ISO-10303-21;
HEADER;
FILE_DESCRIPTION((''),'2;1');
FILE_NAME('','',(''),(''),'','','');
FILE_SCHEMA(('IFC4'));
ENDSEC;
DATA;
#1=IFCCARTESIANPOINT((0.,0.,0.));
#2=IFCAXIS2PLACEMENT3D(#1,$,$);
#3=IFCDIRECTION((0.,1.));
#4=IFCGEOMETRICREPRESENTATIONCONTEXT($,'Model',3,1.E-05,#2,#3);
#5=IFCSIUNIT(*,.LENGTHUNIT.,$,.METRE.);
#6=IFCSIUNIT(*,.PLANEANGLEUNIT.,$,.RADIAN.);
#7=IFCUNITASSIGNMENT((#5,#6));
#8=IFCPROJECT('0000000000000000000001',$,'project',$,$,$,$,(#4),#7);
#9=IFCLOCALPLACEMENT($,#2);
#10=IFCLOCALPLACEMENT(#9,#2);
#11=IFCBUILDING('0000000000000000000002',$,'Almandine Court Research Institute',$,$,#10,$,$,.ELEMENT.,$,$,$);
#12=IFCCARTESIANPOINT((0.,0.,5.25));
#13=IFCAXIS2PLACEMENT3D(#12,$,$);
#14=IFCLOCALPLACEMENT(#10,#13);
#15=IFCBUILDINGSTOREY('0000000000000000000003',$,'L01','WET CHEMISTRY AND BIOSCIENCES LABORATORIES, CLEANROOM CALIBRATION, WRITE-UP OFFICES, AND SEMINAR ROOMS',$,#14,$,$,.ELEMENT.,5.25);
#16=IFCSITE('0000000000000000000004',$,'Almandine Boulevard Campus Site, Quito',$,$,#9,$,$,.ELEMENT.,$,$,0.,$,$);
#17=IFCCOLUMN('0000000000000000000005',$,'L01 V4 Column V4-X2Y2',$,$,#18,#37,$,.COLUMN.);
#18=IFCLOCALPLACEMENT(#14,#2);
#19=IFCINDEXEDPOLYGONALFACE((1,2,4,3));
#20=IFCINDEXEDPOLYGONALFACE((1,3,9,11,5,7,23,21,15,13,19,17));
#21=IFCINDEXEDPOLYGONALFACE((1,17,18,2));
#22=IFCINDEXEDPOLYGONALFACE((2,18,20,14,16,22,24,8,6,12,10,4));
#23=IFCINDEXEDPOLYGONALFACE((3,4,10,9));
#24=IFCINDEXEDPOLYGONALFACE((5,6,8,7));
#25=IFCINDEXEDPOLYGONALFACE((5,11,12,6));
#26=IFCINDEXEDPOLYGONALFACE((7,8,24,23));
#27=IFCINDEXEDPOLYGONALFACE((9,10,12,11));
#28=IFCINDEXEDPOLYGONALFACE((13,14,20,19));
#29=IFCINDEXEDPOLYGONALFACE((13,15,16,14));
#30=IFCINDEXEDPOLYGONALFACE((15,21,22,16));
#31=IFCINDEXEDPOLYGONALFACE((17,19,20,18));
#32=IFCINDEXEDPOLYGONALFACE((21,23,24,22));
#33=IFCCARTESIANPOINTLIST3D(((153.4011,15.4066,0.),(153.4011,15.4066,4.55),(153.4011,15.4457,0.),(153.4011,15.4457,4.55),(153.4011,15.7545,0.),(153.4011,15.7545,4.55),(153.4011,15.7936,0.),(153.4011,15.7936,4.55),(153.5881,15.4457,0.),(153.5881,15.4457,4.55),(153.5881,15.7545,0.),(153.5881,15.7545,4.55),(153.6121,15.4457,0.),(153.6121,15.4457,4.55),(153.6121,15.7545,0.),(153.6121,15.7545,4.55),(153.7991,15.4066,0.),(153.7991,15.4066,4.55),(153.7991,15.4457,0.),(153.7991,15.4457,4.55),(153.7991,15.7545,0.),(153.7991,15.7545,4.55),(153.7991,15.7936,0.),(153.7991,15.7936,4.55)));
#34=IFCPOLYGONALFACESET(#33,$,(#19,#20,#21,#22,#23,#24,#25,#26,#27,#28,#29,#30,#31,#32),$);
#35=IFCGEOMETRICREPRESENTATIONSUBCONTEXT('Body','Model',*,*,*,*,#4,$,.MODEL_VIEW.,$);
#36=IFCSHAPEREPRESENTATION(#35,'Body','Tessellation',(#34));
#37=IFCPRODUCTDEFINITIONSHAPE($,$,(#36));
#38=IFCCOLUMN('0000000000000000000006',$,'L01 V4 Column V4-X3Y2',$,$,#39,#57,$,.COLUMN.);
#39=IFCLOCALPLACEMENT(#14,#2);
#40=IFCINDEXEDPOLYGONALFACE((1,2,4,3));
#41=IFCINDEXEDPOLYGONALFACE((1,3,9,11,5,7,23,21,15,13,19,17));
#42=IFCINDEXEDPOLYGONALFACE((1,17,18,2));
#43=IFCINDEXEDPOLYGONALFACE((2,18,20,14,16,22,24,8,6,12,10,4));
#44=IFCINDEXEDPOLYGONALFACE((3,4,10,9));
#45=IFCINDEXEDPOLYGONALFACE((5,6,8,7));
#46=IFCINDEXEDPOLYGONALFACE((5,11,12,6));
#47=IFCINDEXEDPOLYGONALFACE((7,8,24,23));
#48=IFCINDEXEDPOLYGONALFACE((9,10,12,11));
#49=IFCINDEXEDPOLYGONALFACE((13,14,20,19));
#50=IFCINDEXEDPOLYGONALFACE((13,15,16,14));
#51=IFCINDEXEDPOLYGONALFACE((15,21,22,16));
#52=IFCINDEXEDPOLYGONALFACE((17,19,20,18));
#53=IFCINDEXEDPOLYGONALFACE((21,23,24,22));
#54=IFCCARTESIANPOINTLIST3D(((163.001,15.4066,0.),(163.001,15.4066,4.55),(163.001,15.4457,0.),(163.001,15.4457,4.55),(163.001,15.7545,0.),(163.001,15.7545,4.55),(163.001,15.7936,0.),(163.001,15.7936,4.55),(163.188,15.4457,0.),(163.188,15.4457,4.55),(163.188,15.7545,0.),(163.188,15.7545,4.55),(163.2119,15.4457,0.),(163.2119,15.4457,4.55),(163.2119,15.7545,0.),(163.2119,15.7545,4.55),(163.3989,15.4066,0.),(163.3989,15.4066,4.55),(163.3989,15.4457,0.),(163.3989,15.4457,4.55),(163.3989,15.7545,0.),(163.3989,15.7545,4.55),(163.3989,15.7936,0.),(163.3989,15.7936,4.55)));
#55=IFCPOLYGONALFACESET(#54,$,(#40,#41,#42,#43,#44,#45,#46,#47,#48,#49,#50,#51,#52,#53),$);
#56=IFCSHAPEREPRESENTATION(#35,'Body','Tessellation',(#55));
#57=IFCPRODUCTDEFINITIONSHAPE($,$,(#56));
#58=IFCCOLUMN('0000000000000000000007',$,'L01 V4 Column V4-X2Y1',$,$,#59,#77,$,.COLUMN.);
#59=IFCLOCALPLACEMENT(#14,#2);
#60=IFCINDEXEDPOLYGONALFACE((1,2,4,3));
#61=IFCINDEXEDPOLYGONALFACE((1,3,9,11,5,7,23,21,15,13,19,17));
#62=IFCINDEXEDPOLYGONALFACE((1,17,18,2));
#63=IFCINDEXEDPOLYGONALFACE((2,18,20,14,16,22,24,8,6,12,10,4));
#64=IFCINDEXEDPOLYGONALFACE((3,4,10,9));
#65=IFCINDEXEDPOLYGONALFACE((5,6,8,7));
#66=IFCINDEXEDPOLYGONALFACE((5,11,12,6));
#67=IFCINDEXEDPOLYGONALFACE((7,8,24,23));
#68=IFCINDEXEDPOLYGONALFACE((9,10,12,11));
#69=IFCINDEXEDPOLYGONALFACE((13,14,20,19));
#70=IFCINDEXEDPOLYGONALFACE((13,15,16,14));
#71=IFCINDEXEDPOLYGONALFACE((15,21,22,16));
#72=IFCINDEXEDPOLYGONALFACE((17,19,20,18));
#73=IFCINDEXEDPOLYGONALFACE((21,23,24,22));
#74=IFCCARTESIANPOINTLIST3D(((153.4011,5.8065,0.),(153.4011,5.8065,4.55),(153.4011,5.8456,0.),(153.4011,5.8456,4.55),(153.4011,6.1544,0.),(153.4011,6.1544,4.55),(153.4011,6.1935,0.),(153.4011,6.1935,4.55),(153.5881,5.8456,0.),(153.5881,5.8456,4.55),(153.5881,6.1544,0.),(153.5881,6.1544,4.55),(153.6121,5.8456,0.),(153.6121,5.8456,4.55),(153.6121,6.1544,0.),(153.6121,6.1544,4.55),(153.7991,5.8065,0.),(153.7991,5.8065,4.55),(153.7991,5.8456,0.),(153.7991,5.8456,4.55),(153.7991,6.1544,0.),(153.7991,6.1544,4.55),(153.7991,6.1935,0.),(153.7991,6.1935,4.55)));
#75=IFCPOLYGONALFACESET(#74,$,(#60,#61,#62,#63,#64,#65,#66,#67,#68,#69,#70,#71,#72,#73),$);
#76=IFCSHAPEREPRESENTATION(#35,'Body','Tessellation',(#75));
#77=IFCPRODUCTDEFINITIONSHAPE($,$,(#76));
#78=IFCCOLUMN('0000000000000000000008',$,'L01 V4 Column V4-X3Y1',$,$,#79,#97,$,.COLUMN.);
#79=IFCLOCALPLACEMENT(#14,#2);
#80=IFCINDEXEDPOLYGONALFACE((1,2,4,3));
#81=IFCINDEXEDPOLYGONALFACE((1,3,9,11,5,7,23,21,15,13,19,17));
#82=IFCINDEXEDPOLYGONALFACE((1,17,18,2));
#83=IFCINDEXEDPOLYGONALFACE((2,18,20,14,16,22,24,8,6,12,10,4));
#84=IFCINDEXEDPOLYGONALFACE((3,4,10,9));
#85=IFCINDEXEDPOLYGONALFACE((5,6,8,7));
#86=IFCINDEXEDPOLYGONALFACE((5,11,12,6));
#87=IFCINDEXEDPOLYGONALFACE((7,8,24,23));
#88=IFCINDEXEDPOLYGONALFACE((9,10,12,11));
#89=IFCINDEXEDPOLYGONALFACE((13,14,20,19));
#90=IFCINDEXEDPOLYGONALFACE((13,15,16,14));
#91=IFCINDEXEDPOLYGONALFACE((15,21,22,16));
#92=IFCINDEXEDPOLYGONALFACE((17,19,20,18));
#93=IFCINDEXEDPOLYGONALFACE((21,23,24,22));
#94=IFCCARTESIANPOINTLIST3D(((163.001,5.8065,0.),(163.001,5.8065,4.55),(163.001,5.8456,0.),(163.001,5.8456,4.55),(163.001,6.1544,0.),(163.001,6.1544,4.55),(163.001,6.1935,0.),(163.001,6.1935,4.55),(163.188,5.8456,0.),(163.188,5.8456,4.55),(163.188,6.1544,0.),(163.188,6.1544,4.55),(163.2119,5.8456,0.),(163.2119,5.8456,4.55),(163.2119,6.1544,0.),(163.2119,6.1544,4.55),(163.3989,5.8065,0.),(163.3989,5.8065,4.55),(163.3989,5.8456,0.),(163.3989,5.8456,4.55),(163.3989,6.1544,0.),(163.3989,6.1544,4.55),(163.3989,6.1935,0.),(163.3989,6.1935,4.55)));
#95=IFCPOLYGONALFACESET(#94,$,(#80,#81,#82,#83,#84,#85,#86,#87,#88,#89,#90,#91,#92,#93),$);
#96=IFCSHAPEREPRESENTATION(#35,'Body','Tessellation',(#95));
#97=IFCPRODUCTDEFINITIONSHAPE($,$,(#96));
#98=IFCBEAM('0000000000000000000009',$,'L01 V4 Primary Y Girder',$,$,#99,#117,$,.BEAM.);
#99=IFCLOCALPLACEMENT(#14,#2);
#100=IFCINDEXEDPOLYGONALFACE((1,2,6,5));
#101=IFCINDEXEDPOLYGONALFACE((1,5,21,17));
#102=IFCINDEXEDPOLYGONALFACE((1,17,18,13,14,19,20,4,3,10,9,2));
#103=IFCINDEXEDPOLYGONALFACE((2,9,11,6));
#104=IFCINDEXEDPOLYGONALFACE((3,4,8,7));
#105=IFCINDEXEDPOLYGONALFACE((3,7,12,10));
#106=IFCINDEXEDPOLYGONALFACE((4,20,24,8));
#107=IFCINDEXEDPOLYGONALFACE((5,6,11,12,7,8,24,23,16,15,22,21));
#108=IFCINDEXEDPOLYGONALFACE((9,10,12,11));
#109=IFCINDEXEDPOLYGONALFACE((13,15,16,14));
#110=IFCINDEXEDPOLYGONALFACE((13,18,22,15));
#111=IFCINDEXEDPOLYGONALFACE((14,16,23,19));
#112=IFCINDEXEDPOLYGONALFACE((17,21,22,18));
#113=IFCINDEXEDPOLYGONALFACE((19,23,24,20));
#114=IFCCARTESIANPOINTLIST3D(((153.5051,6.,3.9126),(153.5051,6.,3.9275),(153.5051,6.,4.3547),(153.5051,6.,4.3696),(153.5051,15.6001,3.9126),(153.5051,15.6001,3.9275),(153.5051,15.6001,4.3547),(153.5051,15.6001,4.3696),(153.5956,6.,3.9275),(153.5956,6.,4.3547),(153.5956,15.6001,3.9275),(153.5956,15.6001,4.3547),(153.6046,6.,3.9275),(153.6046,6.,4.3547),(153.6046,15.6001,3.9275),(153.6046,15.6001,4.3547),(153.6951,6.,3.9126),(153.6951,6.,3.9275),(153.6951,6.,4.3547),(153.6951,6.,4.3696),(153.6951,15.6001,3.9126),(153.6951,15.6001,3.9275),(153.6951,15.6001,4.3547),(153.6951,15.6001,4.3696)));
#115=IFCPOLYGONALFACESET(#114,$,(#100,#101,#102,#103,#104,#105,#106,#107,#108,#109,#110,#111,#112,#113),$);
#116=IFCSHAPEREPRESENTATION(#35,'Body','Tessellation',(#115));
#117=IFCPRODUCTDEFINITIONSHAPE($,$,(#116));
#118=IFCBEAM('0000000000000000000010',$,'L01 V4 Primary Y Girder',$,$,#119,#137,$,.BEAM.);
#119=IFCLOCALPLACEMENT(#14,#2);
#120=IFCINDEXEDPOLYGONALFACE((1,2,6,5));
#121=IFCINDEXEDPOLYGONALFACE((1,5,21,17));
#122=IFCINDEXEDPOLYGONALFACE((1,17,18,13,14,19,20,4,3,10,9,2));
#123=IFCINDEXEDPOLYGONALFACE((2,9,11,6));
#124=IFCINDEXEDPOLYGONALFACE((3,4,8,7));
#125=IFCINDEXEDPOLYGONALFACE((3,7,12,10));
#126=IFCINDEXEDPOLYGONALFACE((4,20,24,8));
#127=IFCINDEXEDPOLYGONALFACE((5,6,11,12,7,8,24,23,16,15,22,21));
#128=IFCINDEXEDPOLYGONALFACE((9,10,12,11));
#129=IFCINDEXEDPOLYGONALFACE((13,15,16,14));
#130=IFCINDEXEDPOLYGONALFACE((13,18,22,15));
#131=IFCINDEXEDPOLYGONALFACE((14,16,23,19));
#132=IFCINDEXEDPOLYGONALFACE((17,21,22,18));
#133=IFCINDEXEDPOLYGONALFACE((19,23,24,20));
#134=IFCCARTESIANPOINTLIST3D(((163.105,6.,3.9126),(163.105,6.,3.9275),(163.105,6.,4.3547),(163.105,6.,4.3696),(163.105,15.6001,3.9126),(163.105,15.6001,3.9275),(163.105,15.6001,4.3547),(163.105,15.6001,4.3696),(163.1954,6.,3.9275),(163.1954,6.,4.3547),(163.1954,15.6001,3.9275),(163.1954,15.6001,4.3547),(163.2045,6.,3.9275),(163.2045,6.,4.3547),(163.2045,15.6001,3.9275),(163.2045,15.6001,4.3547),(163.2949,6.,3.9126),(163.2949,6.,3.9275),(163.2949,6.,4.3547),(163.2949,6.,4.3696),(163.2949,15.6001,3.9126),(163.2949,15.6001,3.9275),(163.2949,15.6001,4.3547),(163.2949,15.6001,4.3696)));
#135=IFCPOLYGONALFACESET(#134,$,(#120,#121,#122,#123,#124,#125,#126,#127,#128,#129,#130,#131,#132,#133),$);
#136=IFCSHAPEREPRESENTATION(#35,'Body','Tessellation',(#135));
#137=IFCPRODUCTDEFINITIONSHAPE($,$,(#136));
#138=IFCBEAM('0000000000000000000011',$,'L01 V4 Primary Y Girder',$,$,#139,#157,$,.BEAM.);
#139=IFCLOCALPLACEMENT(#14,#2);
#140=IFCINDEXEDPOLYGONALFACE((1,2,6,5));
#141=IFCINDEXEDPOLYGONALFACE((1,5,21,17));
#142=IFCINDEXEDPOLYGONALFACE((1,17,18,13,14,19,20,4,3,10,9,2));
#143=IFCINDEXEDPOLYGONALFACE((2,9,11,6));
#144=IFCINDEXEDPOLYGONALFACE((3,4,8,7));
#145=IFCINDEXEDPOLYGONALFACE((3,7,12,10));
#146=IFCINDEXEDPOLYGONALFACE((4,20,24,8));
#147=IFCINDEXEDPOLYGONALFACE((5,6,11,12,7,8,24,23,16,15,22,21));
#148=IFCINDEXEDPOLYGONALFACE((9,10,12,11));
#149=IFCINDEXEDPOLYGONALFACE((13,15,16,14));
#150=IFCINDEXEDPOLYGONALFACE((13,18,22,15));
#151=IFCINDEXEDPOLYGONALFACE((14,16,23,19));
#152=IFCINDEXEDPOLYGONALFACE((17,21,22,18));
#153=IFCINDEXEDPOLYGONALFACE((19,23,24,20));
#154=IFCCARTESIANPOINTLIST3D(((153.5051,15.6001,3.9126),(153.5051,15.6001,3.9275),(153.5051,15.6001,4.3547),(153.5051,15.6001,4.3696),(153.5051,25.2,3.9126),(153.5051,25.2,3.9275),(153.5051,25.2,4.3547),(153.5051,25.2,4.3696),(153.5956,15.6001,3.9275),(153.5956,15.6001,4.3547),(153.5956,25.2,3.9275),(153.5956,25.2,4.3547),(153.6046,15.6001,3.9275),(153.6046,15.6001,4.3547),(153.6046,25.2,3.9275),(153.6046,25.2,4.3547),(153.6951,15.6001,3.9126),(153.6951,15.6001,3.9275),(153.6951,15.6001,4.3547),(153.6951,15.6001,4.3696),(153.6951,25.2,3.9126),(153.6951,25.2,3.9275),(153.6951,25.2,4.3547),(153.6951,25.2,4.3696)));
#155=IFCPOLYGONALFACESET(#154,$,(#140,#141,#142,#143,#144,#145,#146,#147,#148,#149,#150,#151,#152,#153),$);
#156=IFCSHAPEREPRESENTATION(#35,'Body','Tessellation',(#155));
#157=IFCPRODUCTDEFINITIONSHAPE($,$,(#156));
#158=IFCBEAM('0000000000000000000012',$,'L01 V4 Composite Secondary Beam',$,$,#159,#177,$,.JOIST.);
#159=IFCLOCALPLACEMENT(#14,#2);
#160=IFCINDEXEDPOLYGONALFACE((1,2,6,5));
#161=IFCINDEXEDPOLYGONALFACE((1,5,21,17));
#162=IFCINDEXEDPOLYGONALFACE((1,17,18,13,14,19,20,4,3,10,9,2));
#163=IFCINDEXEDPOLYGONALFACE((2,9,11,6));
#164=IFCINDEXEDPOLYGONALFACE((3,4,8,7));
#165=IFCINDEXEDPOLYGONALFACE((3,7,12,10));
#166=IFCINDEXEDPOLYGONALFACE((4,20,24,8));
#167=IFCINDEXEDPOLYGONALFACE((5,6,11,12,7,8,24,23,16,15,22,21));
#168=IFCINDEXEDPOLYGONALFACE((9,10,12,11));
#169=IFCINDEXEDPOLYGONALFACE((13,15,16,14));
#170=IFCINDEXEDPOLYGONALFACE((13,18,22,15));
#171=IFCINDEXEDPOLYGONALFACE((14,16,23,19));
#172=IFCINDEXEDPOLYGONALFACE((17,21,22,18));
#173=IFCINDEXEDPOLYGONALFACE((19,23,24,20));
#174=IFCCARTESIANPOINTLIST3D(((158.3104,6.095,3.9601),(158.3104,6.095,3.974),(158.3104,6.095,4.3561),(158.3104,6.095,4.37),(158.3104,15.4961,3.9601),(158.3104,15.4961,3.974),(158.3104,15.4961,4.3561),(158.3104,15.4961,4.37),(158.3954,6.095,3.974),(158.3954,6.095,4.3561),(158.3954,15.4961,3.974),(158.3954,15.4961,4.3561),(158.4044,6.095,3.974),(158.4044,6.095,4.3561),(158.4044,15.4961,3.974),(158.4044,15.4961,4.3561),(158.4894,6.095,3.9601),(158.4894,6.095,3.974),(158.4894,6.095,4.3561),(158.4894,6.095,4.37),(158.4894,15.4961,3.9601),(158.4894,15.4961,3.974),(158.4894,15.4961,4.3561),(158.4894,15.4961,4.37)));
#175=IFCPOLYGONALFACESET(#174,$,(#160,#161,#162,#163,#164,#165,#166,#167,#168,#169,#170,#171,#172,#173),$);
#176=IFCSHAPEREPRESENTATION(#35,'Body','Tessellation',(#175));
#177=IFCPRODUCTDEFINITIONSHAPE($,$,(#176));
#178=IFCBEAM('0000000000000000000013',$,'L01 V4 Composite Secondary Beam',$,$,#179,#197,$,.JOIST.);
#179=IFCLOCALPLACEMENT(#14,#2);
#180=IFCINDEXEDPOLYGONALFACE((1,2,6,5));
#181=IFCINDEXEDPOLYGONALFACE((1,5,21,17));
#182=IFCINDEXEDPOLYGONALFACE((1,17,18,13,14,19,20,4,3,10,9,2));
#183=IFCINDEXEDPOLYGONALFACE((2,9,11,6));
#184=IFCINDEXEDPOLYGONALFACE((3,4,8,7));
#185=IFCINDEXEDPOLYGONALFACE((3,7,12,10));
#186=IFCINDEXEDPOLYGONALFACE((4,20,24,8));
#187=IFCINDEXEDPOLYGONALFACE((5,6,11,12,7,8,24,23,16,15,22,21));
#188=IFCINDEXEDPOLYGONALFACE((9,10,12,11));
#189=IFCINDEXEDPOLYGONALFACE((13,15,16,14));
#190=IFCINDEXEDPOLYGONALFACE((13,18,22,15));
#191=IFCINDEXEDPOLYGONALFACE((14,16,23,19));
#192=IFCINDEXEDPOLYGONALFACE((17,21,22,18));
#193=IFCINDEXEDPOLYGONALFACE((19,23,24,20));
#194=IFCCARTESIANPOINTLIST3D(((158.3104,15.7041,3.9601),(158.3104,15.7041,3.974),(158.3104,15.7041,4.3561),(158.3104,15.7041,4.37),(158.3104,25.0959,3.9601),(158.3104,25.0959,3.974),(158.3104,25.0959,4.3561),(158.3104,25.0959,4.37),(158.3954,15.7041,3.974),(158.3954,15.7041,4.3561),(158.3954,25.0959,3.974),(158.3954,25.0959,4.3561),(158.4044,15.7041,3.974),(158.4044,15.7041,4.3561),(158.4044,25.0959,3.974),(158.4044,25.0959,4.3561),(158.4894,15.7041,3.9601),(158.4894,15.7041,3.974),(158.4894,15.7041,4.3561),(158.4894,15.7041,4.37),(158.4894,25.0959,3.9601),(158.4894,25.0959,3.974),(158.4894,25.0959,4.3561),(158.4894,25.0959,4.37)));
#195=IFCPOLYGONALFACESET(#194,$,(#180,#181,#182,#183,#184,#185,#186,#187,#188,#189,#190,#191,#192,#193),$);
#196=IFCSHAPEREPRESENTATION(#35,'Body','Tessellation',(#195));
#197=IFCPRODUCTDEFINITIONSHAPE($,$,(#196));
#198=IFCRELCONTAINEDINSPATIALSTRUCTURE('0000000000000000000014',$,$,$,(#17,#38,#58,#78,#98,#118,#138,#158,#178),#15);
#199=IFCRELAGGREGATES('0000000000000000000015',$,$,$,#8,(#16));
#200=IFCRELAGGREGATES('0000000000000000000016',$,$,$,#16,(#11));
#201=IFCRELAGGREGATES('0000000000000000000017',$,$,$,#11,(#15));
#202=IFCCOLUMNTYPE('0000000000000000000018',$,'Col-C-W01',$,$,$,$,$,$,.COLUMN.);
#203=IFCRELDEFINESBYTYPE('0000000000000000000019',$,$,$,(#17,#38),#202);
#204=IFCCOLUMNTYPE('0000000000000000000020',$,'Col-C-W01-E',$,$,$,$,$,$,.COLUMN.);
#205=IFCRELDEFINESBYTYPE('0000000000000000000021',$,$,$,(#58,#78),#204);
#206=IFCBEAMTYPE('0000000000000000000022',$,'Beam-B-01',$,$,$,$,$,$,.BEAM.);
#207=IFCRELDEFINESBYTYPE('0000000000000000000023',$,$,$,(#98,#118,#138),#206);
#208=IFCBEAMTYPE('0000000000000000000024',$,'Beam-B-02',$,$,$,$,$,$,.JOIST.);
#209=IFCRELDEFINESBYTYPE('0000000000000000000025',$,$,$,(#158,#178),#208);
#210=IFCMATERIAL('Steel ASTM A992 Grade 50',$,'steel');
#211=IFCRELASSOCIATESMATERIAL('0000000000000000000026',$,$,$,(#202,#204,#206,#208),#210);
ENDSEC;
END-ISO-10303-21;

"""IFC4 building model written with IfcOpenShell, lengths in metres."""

from ifc_helpers import new_model, si_unit, direction, frame, origin, origin_2d, place, context, subcontext, project, spatial, i_section, extrude, material, material_profile, profile_set, type_object, element, save


model = new_model("IFC4")

# Units and contexts
model_context = context("Model", 3, precision=1e-05, world=origin(), true_north=direction((0.0, 1.0)))
body_context = subcontext(model_context, "Body", "Model", "MODEL_VIEW")
ifc_project = project(units=[si_unit("LENGTHUNIT", "METRE"), si_unit("PLANEANGLEUNIT", "RADIAN")], contexts=[model_context])

# Site, building, storey
site_placement = place(None, origin())
site = spatial("IfcSite", under=ifc_project, at=site_placement, Name="Almandine Boulevard Campus Site, Quito", CompositionType="ELEMENT", RefElevation=0.0)
building_placement = place(site_placement, origin())
building = spatial("IfcBuilding", under=site, at=building_placement, Name="Almandine Court Research Institute", CompositionType="ELEMENT")
storey_placement = place(building_placement, frame((0.0, 0.0, 5.25)))
storey = spatial("IfcBuildingStorey", under=building, at=storey_placement, Name="L01", Description="WET CHEMISTRY AND BIOSCIENCES LABORATORIES, CLEANROOM CALIBRATION, WRITE-UP OFFICES, AND SEMINAR ROOMS", CompositionType="ELEMENT", Elevation=5.25)

# Columns
ifc_material_1 = material(Name="Steel ASTM A992 Grade 50", Category="steel")
ifc_material_profile_1 = material_profile(ifc_material_1, i_section(OverallWidth=0.3979, OverallDepth=0.387, WebThickness=0.0239, FlangeThickness=0.0391, at=origin_2d()), Name="W360x262")
ifc_profile_set_1 = profile_set([ifc_material_profile_1], Name="Steel ASTM A992 Grade 50")
column_type_1 = type_object("IfcColumnType", Name="Col-C-W01", PredefinedType="COLUMN", material=ifc_profile_set_1)
for number, where, z_axis, x_axis, name in (
    (1, (153.6001, 15.6001, 0.0), (0.0, 0.0, 1.0), (1.0, 0.0, 0.0), "L01 V4 Column V4-X2Y2"),
    (2, (163.2, 15.6001, 0.0), (0.0, 0.0, 1.0), (1.0, 0.0, 0.0), "L01 V4 Column V4-X3Y2"),
):
    element("IfcColumn", number, at=place(storey_placement, frame(where, z_axis=z_axis, x_axis=x_axis)), inside=storey, type_object=column_type_1, Name=name, PredefinedType="COLUMN", context=body_context, shape_type="SweptSolid", body=[
        extrude(i_section(OverallWidth=0.3979, OverallDepth=0.387, WebThickness=0.0239, FlangeThickness=0.0391, at=origin_2d()), origin(), (0.0, 0.0, 1.0), 4.55),
    ])
ifc_material_profile_2 = material_profile(ifc_material_1, i_section(OverallWidth=0.3979, OverallDepth=0.387, WebThickness=0.0239, FlangeThickness=0.0391, at=origin_2d()), Name="W360x262")
ifc_profile_set_2 = profile_set([ifc_material_profile_2], Name="Steel ASTM A992 Grade 50")
column_type_2 = type_object("IfcColumnType", Name="Col-C-W01-E", PredefinedType="COLUMN", material=ifc_profile_set_2)
for number, where, z_axis, x_axis, name in (
    (3, (153.6001, 6.0, 0.0), (0.0, 0.0, 1.0), (1.0, 0.0, 0.0), "L01 V4 Column V4-X2Y1"),
    (4, (163.2, 6.0, 0.0), (0.0, 0.0, 1.0), (1.0, 0.0, 0.0), "L01 V4 Column V4-X3Y1"),
):
    element("IfcColumn", number, at=place(storey_placement, frame(where, z_axis=z_axis, x_axis=x_axis)), inside=storey, type_object=column_type_2, Name=name, PredefinedType="COLUMN", context=body_context, shape_type="SweptSolid", body=[
        extrude(i_section(OverallWidth=0.3979, OverallDepth=0.387, WebThickness=0.0239, FlangeThickness=0.0391, at=origin_2d()), origin(), (0.0, 0.0, 1.0), 4.55),
    ])

# Beams
ifc_material_profile_3 = material_profile(ifc_material_1, i_section(OverallWidth=0.1899, OverallDepth=0.457, WebThickness=0.009, FlangeThickness=0.0149, at=origin_2d()), Name="W460x74")
ifc_profile_set_3 = profile_set([ifc_material_profile_3], Name="Steel ASTM A992 Grade 50")
beam_type_1 = type_object("IfcBeamType", Name="Beam-B-01", PredefinedType="BEAM", material=ifc_profile_set_3)
for number, where, z_axis, x_axis, name in (
    (5, (153.6001, 6.0, 4.1411), (0.0, 1.0, 0.0), (-1.0, 0.0, 0.0), "L01 V4 Primary Y Girder"),
    (6, (163.2, 6.0, 4.1411), (0.0, 1.0, 0.0), (-1.0, 0.0, 0.0), "L01 V4 Primary Y Girder"),
):
    element("IfcBeam", number, at=place(storey_placement, frame(where, z_axis=z_axis, x_axis=x_axis)), inside=storey, type_object=beam_type_1, Name=name, PredefinedType="BEAM", context=body_context, shape_type="SweptSolid", body=[
        extrude(i_section(OverallWidth=0.1899, OverallDepth=0.457, WebThickness=0.009, FlangeThickness=0.0149, at=origin_2d()), origin(), (0.0, 0.0, 1.0), 9.6001),
    ])
beam_1_placement = place(storey_placement, frame((153.6001, 15.6001, 4.1411), z_axis=(0.0, 1.0, 0.0), x_axis=(-1.0, 0.0, 0.0)))
element("IfcBeam", 7, at=beam_1_placement, inside=storey, type_object=beam_type_1, Name="L01 V4 Primary Y Girder", PredefinedType="BEAM", context=body_context, shape_type="SweptSolid", body=[
    extrude(i_section(OverallWidth=0.1899, OverallDepth=0.457, WebThickness=0.009, FlangeThickness=0.0149, at=origin_2d()), origin(), (0.0, 0.0, 1.0), 9.5999),
])
ifc_material_profile_4 = material_profile(ifc_material_1, i_section(OverallWidth=0.179, OverallDepth=0.4099, WebThickness=0.009, FlangeThickness=0.0139, at=origin_2d()), Name="W410x67")
ifc_profile_set_4 = profile_set([ifc_material_profile_4], Name="Steel ASTM A992 Grade 50")
beam_type_2 = type_object("IfcBeamType", Name="Beam-B-02", PredefinedType="JOIST", material=ifc_profile_set_4)
beam_2_placement = place(storey_placement, frame((158.3999, 6.095, 4.165), z_axis=(0.0, 1.0, 0.0), x_axis=(-1.0, 0.0, 0.0)))
element("IfcBeam", 8, at=beam_2_placement, inside=storey, type_object=beam_type_2, Name="L01 V4 Composite Secondary Beam", PredefinedType="JOIST", context=body_context, shape_type="SweptSolid", body=[
    extrude(i_section(OverallWidth=0.179, OverallDepth=0.4099, WebThickness=0.009, FlangeThickness=0.0139, at=origin_2d()), origin(), (0.0, 0.0, 1.0), 9.4011),
])
beam_3_placement = place(storey_placement, frame((158.3999, 15.7041, 4.165), z_axis=(0.0, 1.0, 0.0), x_axis=(-1.0, 0.0, 0.0)))
element("IfcBeam", 9, at=beam_3_placement, inside=storey, type_object=beam_type_2, Name="L01 V4 Composite Secondary Beam", PredefinedType="JOIST", context=body_context, shape_type="SweptSolid", body=[
    extrude(i_section(OverallWidth=0.179, OverallDepth=0.4099, WebThickness=0.009, FlangeThickness=0.0139, at=origin_2d()), origin(), (0.0, 0.0, 1.0), 9.3918),
])

save(model, "model.ifc")
